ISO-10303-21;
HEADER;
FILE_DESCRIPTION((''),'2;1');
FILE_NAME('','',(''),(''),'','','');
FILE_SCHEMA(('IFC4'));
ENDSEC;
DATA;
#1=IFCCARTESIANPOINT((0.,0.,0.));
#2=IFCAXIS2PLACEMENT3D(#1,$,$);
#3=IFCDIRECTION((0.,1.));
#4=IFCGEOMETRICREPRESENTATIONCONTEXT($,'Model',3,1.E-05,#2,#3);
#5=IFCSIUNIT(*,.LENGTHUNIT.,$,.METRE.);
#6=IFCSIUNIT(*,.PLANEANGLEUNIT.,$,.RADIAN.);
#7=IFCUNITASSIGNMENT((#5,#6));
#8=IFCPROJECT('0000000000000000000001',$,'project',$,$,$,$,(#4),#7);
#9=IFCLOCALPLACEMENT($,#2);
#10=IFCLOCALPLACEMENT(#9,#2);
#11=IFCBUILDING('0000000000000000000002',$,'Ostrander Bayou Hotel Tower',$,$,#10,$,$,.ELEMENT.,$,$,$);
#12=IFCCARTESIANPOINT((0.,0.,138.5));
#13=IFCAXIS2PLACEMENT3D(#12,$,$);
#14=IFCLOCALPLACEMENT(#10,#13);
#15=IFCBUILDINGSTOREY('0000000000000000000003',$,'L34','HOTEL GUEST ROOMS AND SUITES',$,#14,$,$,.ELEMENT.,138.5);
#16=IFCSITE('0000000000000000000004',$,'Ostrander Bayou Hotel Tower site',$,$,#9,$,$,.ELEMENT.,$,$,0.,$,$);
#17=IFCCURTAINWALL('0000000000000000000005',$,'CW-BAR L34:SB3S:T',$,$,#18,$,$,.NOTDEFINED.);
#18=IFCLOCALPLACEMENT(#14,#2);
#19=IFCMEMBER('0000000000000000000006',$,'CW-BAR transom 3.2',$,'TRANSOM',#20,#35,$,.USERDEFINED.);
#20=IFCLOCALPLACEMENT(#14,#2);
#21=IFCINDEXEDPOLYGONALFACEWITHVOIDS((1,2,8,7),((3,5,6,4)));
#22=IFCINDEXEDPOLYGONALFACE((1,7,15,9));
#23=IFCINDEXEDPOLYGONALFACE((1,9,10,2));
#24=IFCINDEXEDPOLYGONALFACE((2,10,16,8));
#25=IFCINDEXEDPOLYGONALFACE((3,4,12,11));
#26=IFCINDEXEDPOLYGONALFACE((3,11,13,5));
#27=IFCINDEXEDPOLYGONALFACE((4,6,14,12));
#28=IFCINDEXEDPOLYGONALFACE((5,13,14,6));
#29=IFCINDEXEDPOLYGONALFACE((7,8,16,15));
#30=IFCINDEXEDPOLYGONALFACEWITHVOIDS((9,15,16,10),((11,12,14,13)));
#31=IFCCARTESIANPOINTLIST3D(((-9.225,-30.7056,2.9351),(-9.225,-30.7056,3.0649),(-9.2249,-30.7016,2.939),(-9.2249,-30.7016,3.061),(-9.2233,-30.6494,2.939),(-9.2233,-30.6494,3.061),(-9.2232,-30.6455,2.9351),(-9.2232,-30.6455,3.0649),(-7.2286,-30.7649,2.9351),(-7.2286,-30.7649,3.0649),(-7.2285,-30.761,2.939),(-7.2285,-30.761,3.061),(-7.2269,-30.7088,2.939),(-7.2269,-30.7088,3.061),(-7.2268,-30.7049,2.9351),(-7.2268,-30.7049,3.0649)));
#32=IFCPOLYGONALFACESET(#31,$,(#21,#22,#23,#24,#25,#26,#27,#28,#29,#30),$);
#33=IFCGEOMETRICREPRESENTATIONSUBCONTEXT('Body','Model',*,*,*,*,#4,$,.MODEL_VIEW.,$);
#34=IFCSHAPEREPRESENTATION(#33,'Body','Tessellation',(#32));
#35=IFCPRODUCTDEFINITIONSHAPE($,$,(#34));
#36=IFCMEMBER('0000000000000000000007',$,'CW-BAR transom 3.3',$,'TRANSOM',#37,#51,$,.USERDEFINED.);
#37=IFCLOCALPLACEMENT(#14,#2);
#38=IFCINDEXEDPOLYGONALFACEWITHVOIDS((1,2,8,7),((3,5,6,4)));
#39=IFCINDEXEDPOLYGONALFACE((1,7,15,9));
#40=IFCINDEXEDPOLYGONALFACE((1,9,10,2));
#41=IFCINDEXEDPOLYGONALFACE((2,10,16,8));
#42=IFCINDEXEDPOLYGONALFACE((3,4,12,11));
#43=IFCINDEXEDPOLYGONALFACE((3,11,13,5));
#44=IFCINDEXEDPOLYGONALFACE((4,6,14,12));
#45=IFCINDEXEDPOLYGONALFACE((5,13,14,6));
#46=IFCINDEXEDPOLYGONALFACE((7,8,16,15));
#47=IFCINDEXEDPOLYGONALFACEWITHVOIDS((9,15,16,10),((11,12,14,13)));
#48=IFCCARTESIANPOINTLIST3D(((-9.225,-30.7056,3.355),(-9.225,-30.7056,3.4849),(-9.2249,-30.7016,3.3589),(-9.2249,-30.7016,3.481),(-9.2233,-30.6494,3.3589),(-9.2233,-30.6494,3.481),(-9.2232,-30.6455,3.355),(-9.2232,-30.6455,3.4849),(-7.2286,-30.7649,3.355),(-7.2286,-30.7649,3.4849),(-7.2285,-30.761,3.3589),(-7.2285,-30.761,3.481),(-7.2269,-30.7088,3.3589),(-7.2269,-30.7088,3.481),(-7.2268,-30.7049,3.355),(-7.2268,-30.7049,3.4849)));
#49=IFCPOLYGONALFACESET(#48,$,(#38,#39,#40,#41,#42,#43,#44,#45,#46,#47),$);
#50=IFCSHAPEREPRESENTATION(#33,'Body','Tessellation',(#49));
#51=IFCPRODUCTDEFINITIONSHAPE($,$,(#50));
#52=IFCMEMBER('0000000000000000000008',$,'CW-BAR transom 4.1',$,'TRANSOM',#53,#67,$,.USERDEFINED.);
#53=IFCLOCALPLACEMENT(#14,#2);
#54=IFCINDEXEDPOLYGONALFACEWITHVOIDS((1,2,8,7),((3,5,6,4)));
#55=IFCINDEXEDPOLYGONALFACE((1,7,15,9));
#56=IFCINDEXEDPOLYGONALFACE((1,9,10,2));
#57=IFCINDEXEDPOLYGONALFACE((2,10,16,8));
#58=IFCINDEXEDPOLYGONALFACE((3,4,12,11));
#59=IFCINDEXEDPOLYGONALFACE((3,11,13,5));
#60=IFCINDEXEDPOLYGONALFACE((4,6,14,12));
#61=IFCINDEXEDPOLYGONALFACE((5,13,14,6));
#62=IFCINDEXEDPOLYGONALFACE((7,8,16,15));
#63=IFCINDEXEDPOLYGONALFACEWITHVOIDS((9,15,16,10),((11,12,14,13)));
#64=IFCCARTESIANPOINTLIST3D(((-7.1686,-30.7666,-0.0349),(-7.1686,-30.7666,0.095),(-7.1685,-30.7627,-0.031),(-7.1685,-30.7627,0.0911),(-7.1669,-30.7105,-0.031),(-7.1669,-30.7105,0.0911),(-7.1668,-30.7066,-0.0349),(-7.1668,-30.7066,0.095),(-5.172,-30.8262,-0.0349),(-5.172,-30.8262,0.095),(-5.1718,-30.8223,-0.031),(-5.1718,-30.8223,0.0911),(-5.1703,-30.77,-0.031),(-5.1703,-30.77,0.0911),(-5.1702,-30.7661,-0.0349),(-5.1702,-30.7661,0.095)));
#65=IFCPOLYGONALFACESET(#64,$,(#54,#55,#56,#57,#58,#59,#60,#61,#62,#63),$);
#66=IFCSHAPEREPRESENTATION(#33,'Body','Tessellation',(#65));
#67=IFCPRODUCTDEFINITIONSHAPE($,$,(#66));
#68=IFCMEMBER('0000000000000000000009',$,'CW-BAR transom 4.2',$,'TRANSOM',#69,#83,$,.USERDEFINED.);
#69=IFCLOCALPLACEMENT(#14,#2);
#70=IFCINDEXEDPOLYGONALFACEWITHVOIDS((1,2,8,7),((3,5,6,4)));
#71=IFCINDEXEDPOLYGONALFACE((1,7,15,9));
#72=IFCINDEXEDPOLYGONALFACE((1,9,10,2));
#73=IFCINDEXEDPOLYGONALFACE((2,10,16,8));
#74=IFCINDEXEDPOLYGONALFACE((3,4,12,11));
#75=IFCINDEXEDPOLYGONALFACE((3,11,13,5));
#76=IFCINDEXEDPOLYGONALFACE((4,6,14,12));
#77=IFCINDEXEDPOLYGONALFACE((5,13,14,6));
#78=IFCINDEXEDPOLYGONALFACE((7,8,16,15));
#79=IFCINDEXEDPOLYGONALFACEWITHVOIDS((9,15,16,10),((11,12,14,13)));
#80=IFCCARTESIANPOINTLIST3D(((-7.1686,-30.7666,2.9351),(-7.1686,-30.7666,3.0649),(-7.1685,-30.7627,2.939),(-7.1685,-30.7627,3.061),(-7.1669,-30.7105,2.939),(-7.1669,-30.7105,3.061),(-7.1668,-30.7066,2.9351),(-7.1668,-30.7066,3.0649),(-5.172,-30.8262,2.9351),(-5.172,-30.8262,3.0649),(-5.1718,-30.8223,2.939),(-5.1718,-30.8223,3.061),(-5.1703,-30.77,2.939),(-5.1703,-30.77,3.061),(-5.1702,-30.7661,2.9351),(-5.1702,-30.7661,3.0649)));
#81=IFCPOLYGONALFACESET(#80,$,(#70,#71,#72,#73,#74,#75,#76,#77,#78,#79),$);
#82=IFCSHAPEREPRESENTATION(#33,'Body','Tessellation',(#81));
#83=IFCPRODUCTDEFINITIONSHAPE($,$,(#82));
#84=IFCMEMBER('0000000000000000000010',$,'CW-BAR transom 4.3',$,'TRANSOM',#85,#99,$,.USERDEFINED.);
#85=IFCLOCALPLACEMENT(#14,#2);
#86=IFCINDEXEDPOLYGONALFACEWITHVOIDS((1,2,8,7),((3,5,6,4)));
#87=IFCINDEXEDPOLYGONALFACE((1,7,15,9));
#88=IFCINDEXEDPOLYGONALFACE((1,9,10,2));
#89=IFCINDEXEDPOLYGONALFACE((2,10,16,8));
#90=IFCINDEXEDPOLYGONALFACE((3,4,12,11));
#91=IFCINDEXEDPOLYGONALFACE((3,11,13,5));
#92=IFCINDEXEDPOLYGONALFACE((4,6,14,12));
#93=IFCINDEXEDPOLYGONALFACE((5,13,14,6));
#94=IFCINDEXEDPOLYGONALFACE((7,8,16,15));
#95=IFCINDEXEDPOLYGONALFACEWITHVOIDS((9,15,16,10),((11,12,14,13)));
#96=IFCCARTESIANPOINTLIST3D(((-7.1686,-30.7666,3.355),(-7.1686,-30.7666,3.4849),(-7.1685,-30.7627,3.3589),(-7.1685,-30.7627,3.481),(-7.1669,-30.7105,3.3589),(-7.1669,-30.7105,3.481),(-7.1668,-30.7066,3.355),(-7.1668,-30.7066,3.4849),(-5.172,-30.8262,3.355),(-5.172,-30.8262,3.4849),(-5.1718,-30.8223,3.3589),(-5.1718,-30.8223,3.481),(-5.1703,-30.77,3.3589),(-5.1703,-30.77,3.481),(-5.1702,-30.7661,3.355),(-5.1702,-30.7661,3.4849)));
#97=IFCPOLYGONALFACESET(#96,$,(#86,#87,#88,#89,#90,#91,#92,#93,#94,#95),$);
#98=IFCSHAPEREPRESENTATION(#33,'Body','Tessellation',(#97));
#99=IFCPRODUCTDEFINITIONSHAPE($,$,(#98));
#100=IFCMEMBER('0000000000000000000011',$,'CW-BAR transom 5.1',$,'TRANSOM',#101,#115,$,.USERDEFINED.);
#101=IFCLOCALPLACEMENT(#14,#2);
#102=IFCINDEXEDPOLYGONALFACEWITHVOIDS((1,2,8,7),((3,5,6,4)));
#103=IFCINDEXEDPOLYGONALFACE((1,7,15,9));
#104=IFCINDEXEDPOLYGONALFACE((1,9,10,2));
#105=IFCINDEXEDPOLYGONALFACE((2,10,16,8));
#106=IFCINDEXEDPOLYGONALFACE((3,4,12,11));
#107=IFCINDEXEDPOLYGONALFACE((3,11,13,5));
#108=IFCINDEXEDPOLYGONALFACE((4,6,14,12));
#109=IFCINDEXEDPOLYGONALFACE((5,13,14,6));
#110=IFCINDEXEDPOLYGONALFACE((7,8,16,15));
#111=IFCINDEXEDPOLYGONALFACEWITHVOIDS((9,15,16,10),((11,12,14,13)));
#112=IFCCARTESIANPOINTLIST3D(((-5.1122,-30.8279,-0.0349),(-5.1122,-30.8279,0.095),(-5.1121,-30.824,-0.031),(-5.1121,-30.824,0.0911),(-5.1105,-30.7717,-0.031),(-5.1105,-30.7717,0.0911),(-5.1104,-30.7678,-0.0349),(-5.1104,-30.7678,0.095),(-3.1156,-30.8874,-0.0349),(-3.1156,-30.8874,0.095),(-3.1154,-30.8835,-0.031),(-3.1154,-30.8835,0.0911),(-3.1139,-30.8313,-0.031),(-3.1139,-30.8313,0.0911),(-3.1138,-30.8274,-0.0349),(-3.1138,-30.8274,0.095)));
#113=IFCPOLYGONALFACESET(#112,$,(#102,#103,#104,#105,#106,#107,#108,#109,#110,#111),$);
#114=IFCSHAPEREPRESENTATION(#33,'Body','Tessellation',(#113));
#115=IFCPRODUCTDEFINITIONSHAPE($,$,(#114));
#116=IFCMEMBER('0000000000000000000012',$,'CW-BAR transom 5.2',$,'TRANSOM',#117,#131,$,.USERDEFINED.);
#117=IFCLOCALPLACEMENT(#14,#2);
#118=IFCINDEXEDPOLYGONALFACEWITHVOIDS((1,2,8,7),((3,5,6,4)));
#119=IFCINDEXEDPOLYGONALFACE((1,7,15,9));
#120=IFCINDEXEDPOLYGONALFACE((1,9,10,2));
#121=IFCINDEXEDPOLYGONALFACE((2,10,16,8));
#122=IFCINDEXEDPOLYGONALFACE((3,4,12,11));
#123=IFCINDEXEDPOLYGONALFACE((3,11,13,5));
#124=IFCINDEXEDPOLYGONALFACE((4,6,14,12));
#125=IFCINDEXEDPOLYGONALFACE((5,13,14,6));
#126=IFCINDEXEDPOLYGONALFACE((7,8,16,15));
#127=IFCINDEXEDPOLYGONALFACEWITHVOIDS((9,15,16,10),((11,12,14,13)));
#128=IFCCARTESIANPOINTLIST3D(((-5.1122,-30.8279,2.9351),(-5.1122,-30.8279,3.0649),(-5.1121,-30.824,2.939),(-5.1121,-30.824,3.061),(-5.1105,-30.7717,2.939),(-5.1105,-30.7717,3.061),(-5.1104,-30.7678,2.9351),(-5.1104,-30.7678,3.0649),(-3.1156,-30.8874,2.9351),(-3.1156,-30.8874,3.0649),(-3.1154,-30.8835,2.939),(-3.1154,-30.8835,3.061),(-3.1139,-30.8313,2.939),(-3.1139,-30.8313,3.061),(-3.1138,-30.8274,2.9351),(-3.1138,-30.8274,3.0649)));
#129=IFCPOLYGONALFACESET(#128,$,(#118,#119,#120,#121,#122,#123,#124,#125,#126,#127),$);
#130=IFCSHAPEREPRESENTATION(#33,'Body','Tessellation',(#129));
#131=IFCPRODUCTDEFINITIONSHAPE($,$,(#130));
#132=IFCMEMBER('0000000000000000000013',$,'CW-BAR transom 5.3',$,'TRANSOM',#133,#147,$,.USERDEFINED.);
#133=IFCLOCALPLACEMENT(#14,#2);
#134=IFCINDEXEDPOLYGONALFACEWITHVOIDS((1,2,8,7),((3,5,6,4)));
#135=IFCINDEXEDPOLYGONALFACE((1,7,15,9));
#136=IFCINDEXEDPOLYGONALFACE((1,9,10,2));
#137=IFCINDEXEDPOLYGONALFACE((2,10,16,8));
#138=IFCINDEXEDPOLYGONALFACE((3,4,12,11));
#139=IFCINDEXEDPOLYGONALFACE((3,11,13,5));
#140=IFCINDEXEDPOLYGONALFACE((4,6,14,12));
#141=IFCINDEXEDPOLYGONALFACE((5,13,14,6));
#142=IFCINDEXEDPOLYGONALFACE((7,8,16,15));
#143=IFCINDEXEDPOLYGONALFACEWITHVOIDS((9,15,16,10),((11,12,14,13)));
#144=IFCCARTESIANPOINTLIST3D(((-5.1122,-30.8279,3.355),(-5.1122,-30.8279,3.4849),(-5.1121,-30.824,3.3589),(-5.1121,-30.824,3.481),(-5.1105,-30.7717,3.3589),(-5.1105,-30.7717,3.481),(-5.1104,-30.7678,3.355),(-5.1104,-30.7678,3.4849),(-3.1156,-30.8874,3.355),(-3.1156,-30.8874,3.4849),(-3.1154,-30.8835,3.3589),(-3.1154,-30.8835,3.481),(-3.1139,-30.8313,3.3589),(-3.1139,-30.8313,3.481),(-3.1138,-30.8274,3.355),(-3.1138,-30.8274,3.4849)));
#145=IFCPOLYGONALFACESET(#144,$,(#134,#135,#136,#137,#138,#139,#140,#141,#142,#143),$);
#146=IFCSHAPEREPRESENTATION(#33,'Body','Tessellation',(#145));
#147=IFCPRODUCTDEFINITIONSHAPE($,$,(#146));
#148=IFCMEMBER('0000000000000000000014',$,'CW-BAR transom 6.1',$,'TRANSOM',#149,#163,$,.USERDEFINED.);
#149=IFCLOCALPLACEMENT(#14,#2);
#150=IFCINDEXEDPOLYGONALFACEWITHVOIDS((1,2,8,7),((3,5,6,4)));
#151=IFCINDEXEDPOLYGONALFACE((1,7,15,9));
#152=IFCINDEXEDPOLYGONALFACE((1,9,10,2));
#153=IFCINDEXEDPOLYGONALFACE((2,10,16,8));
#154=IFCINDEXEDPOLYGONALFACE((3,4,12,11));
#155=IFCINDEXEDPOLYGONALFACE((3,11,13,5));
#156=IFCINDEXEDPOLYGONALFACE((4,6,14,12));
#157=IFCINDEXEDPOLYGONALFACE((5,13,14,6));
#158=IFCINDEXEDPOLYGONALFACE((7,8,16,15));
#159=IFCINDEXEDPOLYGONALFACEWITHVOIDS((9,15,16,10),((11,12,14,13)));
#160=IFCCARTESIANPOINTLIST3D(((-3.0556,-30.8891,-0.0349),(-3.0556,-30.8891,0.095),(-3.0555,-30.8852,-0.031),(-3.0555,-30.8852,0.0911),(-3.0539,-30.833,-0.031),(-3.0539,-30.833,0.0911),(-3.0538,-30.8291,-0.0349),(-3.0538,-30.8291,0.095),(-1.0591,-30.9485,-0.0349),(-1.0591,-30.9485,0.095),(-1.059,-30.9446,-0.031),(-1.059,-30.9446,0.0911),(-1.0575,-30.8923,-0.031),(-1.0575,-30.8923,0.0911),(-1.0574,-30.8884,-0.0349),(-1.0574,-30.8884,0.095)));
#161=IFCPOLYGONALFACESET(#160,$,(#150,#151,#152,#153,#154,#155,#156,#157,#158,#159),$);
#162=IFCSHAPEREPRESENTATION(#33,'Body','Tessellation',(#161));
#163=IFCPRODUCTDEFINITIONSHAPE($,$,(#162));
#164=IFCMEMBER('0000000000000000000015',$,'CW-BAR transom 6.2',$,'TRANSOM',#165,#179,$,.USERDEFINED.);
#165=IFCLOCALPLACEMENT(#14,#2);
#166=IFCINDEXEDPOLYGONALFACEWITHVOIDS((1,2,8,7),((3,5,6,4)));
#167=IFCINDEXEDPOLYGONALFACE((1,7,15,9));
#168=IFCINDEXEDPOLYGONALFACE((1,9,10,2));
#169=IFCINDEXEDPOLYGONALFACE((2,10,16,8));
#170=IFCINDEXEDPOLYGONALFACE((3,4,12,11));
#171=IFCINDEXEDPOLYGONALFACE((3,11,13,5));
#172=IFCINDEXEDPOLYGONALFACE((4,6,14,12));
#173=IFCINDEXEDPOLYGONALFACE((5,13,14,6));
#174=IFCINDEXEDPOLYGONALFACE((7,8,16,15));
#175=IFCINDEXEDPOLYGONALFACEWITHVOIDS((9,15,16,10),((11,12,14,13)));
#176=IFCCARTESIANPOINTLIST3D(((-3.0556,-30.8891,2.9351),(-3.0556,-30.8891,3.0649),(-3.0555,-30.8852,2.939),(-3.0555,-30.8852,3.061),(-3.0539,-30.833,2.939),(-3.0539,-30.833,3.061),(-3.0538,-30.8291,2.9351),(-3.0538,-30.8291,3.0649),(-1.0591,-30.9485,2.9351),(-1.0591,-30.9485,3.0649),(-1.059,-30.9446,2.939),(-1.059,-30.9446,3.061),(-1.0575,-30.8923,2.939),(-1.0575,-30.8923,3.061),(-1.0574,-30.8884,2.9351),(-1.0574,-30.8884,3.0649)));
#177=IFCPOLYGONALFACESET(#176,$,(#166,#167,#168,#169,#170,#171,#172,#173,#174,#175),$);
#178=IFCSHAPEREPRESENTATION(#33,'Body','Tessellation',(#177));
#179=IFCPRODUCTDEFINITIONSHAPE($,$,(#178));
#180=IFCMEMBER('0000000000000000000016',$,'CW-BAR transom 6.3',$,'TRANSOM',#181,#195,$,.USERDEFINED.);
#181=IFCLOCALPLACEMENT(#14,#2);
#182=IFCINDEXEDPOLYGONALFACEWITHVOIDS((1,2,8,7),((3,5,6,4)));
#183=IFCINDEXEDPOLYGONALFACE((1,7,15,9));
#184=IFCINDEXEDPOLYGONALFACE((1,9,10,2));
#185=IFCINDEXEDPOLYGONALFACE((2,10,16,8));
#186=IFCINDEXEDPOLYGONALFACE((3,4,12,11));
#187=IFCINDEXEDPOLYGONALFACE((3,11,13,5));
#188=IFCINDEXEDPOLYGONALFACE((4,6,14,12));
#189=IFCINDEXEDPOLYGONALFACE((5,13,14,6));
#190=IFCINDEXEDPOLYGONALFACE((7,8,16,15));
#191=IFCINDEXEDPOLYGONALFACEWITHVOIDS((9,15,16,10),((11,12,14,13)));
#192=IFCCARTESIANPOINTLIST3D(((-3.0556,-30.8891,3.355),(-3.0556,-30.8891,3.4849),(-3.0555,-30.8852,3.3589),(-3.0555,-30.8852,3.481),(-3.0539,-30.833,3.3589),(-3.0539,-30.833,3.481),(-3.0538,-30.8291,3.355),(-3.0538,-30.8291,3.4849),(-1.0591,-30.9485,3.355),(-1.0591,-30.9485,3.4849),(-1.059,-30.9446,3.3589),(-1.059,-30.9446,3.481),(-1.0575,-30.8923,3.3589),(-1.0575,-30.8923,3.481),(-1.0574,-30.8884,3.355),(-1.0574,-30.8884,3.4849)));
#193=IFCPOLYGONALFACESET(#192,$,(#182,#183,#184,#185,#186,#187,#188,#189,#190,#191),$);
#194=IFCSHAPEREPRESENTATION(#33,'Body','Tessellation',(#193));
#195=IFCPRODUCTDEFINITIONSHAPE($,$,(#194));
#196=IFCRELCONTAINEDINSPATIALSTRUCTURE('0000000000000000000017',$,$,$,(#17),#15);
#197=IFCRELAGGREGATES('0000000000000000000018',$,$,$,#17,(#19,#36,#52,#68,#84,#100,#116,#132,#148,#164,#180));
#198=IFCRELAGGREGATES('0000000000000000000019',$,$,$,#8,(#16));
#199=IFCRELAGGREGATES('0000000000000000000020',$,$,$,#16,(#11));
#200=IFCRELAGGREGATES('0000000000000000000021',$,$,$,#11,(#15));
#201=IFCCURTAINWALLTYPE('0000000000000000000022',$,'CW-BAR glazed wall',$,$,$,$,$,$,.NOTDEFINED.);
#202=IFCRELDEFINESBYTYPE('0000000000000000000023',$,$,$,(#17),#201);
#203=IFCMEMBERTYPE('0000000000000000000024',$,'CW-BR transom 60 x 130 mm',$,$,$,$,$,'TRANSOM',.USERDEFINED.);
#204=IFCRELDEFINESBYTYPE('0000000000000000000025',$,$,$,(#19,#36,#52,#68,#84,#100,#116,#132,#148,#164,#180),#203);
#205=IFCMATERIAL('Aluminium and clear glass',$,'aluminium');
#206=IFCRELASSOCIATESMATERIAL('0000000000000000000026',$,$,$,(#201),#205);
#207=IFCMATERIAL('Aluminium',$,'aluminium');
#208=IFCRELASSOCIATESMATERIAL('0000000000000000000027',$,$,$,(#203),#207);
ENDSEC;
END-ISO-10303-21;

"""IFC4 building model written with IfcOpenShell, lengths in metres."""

from ifc_helpers import new_model, si_unit, direction, frame, origin, origin_2d, place, context, subcontext, project, spatial, hollow_rectangle, extrude, material, material_profile, profile_set, type_object, element, aggregate, save


model = new_model("IFC4")

# Units and contexts
model_context = context("Model", 3, precision=1e-05, world=origin(), true_north=direction((0.0, 1.0)))
body_context = subcontext(model_context, "Body", "Model", "MODEL_VIEW")
ifc_project = project(units=[si_unit("LENGTHUNIT", "METRE"), si_unit("PLANEANGLEUNIT", "RADIAN")], contexts=[model_context])

# Site, building, storey
site_placement = place(None, origin())
site = spatial("IfcSite", under=ifc_project, at=site_placement, Name="Ostrander Bayou Hotel Tower site", CompositionType="ELEMENT", RefElevation=0.0)
building_placement = place(site_placement, origin())
building = spatial("IfcBuilding", under=site, at=building_placement, Name="Ostrander Bayou Hotel Tower", CompositionType="ELEMENT")
storey_placement = place(building_placement, frame((0.0, 0.0, 138.5)))
storey = spatial("IfcBuildingStorey", under=building, at=storey_placement, Name="L34", Description="HOTEL GUEST ROOMS AND SUITES", CompositionType="ELEMENT", Elevation=138.5)

# Curtain wall, members
ifc_material_1 = material(Name="Aluminium and clear glass", Category="aluminium")
curtain_wall_type = type_object("IfcCurtainWallType", Name="CW-BAR glazed wall", PredefinedType="NOTDEFINED", material=ifc_material_1)
curtain_wall_placement = place(storey_placement, origin())
curtain_wall = element("IfcCurtainWall", 1, at=curtain_wall_placement, inside=storey, type_object=curtain_wall_type, Name="CW-BAR L34:SB3S:T", PredefinedType="NOTDEFINED")
ifc_material_2 = material(Name="Aluminium", Category="aluminium")
ifc_material_profile_1 = material_profile(ifc_material_2, hollow_rectangle(XDim=0.0601, YDim=0.1299, WallThickness=0.0039, at=origin_2d()))
ifc_profile_set_1 = profile_set([ifc_material_profile_1], Name="Aluminium")
member_type_1 = type_object("IfcMemberType", Name="CW-BR transom 60 x 130 mm", ElementType="TRANSOM", PredefinedType="USERDEFINED", material=ifc_profile_set_1)
member_1_placement = place(storey_placement, frame((-9.2241, -30.6755, 3.0), z_axis=(0.999559, -0.029704, 0.0), x_axis=(0.029704, 0.999559, 0.0)))
member_1 = element("IfcMember", 2, at=member_1_placement, type_object=member_type_1, Name="CW-BAR transom 3.2", ObjectType="TRANSOM", PredefinedType="USERDEFINED", context=body_context, shape_type="SweptSolid", body=[
    extrude(hollow_rectangle(XDim=0.0601, YDim=0.1299, WallThickness=0.0039, at=origin_2d()), origin(), (0.0, 0.0, 1.0), 1.9973),
])
member_2_placement = place(storey_placement, frame((-9.2241, -30.6755, 3.4199), z_axis=(0.999559, -0.029704, 0.0), x_axis=(0.029704, 0.999559, 0.0)))
member_2 = element("IfcMember", 3, at=member_2_placement, type_object=member_type_1, Name="CW-BAR transom 3.3", ObjectType="TRANSOM", PredefinedType="USERDEFINED", context=body_context, shape_type="SweptSolid", body=[
    extrude(hollow_rectangle(XDim=0.0601, YDim=0.1299, WallThickness=0.0039, at=origin_2d()), origin(), (0.0, 0.0, 1.0), 1.9973),
])
member_3_placement = place(storey_placement, frame((-7.1677, -30.7366, 0.03), z_axis=(0.999555, -0.029823, 0.0), x_axis=(0.029823, 0.999555, 0.0)))
member_3 = element("IfcMember", 4, at=member_3_placement, type_object=member_type_1, Name="CW-BAR transom 4.1", ObjectType="TRANSOM", PredefinedType="USERDEFINED", context=body_context, shape_type="SweptSolid", body=[
    extrude(hollow_rectangle(XDim=0.0601, YDim=0.1299, WallThickness=0.0039, at=origin_2d()), origin(), (0.0, 0.0, 1.0), 1.9976),
])
member_4_placement = place(storey_placement, frame((-7.1677, -30.7366, 3.0), z_axis=(0.999555, -0.029823, 0.0), x_axis=(0.029823, 0.999555, 0.0)))
member_4 = element("IfcMember", 5, at=member_4_placement, type_object=member_type_1, Name="CW-BAR transom 4.2", ObjectType="TRANSOM", PredefinedType="USERDEFINED", context=body_context, shape_type="SweptSolid", body=[
    extrude(hollow_rectangle(XDim=0.0601, YDim=0.1299, WallThickness=0.0039, at=origin_2d()), origin(), (0.0, 0.0, 1.0), 1.9976),
])
member_5_placement = place(storey_placement, frame((-7.1677, -30.7366, 3.4199), z_axis=(0.999555, -0.029823, 0.0), x_axis=(0.029823, 0.999555, 0.0)))
member_5 = element("IfcMember", 6, at=member_5_placement, type_object=member_type_1, Name="CW-BAR transom 4.3", ObjectType="TRANSOM", PredefinedType="USERDEFINED", context=body_context, shape_type="SweptSolid", body=[
    extrude(hollow_rectangle(XDim=0.0601, YDim=0.1299, WallThickness=0.0039, at=origin_2d()), origin(), (0.0, 0.0, 1.0), 1.9976),
])
member_6_placement = place(storey_placement, frame((-5.1113, -30.7979, 0.03), z_axis=(0.999555, -0.029823, 0.0), x_axis=(0.029823, 0.999555, 0.0)))
member_6 = element("IfcMember", 7, at=member_6_placement, type_object=member_type_1, Name="CW-BAR transom 5.1", ObjectType="TRANSOM", PredefinedType="USERDEFINED", context=body_context, shape_type="SweptSolid", body=[
    extrude(hollow_rectangle(XDim=0.0601, YDim=0.1299, WallThickness=0.0039, at=origin_2d()), origin(), (0.0, 0.0, 1.0), 1.9976),
])
member_7_placement = place(storey_placement, frame((-5.1113, -30.7979, 3.0), z_axis=(0.999555, -0.029823, 0.0), x_axis=(0.029823, 0.999555, 0.0)))
member_7 = element("IfcMember", 8, at=member_7_placement, type_object=member_type_1, Name="CW-BAR transom 5.2", ObjectType="TRANSOM", PredefinedType="USERDEFINED", context=body_context, shape_type="SweptSolid", body=[
    extrude(hollow_rectangle(XDim=0.0601, YDim=0.1299, WallThickness=0.0039, at=origin_2d()), origin(), (0.0, 0.0, 1.0), 1.9976),
])
member_8_placement = place(storey_placement, frame((-5.1113, -30.7979, 3.4199), z_axis=(0.999555, -0.029823, 0.0), x_axis=(0.029823, 0.999555, 0.0)))
member_8 = element("IfcMember", 9, at=member_8_placement, type_object=member_type_1, Name="CW-BAR transom 5.3", ObjectType="TRANSOM", PredefinedType="USERDEFINED", context=body_context, shape_type="SweptSolid", body=[
    extrude(hollow_rectangle(XDim=0.0601, YDim=0.1299, WallThickness=0.0039, at=origin_2d()), origin(), (0.0, 0.0, 1.0), 1.9976),
])
member_9_placement = place(storey_placement, frame((-3.0547, -30.8591, 0.03), z_axis=(0.999559, -0.029704, 0.0), x_axis=(0.029704, 0.999559, 0.0)))
member_9 = element("IfcMember", 10, at=member_9_placement, type_object=member_type_1, Name="CW-BAR transom 6.1", ObjectType="TRANSOM", PredefinedType="USERDEFINED", context=body_context, shape_type="SweptSolid", body=[
    extrude(hollow_rectangle(XDim=0.0601, YDim=0.1299, WallThickness=0.0039, at=origin_2d()), origin(), (0.0, 0.0, 1.0), 1.9973),
])
member_10_placement = place(storey_placement, frame((-3.0547, -30.8591, 3.0), z_axis=(0.999559, -0.029704, 0.0), x_axis=(0.029704, 0.999559, 0.0)))
member_10 = element("IfcMember", 11, at=member_10_placement, type_object=member_type_1, Name="CW-BAR transom 6.2", ObjectType="TRANSOM", PredefinedType="USERDEFINED", context=body_context, shape_type="SweptSolid", body=[
    extrude(hollow_rectangle(XDim=0.0601, YDim=0.1299, WallThickness=0.0039, at=origin_2d()), origin(), (0.0, 0.0, 1.0), 1.9973),
])
member_11_placement = place(storey_placement, frame((-3.0547, -30.8591, 3.4199), z_axis=(0.999559, -0.029704, 0.0), x_axis=(0.029704, 0.999559, 0.0)))
member_11 = element("IfcMember", 12, at=member_11_placement, type_object=member_type_1, Name="CW-BAR transom 6.3", ObjectType="TRANSOM", PredefinedType="USERDEFINED", context=body_context, shape_type="SweptSolid", body=[
    extrude(hollow_rectangle(XDim=0.0601, YDim=0.1299, WallThickness=0.0039, at=origin_2d()), origin(), (0.0, 0.0, 1.0), 1.9973),
])

aggregate(curtain_wall, [member_1, member_2, member_3, member_4, member_5, member_6, member_7, member_8, member_9, member_10, member_11])

save(model, "model.ifc")
